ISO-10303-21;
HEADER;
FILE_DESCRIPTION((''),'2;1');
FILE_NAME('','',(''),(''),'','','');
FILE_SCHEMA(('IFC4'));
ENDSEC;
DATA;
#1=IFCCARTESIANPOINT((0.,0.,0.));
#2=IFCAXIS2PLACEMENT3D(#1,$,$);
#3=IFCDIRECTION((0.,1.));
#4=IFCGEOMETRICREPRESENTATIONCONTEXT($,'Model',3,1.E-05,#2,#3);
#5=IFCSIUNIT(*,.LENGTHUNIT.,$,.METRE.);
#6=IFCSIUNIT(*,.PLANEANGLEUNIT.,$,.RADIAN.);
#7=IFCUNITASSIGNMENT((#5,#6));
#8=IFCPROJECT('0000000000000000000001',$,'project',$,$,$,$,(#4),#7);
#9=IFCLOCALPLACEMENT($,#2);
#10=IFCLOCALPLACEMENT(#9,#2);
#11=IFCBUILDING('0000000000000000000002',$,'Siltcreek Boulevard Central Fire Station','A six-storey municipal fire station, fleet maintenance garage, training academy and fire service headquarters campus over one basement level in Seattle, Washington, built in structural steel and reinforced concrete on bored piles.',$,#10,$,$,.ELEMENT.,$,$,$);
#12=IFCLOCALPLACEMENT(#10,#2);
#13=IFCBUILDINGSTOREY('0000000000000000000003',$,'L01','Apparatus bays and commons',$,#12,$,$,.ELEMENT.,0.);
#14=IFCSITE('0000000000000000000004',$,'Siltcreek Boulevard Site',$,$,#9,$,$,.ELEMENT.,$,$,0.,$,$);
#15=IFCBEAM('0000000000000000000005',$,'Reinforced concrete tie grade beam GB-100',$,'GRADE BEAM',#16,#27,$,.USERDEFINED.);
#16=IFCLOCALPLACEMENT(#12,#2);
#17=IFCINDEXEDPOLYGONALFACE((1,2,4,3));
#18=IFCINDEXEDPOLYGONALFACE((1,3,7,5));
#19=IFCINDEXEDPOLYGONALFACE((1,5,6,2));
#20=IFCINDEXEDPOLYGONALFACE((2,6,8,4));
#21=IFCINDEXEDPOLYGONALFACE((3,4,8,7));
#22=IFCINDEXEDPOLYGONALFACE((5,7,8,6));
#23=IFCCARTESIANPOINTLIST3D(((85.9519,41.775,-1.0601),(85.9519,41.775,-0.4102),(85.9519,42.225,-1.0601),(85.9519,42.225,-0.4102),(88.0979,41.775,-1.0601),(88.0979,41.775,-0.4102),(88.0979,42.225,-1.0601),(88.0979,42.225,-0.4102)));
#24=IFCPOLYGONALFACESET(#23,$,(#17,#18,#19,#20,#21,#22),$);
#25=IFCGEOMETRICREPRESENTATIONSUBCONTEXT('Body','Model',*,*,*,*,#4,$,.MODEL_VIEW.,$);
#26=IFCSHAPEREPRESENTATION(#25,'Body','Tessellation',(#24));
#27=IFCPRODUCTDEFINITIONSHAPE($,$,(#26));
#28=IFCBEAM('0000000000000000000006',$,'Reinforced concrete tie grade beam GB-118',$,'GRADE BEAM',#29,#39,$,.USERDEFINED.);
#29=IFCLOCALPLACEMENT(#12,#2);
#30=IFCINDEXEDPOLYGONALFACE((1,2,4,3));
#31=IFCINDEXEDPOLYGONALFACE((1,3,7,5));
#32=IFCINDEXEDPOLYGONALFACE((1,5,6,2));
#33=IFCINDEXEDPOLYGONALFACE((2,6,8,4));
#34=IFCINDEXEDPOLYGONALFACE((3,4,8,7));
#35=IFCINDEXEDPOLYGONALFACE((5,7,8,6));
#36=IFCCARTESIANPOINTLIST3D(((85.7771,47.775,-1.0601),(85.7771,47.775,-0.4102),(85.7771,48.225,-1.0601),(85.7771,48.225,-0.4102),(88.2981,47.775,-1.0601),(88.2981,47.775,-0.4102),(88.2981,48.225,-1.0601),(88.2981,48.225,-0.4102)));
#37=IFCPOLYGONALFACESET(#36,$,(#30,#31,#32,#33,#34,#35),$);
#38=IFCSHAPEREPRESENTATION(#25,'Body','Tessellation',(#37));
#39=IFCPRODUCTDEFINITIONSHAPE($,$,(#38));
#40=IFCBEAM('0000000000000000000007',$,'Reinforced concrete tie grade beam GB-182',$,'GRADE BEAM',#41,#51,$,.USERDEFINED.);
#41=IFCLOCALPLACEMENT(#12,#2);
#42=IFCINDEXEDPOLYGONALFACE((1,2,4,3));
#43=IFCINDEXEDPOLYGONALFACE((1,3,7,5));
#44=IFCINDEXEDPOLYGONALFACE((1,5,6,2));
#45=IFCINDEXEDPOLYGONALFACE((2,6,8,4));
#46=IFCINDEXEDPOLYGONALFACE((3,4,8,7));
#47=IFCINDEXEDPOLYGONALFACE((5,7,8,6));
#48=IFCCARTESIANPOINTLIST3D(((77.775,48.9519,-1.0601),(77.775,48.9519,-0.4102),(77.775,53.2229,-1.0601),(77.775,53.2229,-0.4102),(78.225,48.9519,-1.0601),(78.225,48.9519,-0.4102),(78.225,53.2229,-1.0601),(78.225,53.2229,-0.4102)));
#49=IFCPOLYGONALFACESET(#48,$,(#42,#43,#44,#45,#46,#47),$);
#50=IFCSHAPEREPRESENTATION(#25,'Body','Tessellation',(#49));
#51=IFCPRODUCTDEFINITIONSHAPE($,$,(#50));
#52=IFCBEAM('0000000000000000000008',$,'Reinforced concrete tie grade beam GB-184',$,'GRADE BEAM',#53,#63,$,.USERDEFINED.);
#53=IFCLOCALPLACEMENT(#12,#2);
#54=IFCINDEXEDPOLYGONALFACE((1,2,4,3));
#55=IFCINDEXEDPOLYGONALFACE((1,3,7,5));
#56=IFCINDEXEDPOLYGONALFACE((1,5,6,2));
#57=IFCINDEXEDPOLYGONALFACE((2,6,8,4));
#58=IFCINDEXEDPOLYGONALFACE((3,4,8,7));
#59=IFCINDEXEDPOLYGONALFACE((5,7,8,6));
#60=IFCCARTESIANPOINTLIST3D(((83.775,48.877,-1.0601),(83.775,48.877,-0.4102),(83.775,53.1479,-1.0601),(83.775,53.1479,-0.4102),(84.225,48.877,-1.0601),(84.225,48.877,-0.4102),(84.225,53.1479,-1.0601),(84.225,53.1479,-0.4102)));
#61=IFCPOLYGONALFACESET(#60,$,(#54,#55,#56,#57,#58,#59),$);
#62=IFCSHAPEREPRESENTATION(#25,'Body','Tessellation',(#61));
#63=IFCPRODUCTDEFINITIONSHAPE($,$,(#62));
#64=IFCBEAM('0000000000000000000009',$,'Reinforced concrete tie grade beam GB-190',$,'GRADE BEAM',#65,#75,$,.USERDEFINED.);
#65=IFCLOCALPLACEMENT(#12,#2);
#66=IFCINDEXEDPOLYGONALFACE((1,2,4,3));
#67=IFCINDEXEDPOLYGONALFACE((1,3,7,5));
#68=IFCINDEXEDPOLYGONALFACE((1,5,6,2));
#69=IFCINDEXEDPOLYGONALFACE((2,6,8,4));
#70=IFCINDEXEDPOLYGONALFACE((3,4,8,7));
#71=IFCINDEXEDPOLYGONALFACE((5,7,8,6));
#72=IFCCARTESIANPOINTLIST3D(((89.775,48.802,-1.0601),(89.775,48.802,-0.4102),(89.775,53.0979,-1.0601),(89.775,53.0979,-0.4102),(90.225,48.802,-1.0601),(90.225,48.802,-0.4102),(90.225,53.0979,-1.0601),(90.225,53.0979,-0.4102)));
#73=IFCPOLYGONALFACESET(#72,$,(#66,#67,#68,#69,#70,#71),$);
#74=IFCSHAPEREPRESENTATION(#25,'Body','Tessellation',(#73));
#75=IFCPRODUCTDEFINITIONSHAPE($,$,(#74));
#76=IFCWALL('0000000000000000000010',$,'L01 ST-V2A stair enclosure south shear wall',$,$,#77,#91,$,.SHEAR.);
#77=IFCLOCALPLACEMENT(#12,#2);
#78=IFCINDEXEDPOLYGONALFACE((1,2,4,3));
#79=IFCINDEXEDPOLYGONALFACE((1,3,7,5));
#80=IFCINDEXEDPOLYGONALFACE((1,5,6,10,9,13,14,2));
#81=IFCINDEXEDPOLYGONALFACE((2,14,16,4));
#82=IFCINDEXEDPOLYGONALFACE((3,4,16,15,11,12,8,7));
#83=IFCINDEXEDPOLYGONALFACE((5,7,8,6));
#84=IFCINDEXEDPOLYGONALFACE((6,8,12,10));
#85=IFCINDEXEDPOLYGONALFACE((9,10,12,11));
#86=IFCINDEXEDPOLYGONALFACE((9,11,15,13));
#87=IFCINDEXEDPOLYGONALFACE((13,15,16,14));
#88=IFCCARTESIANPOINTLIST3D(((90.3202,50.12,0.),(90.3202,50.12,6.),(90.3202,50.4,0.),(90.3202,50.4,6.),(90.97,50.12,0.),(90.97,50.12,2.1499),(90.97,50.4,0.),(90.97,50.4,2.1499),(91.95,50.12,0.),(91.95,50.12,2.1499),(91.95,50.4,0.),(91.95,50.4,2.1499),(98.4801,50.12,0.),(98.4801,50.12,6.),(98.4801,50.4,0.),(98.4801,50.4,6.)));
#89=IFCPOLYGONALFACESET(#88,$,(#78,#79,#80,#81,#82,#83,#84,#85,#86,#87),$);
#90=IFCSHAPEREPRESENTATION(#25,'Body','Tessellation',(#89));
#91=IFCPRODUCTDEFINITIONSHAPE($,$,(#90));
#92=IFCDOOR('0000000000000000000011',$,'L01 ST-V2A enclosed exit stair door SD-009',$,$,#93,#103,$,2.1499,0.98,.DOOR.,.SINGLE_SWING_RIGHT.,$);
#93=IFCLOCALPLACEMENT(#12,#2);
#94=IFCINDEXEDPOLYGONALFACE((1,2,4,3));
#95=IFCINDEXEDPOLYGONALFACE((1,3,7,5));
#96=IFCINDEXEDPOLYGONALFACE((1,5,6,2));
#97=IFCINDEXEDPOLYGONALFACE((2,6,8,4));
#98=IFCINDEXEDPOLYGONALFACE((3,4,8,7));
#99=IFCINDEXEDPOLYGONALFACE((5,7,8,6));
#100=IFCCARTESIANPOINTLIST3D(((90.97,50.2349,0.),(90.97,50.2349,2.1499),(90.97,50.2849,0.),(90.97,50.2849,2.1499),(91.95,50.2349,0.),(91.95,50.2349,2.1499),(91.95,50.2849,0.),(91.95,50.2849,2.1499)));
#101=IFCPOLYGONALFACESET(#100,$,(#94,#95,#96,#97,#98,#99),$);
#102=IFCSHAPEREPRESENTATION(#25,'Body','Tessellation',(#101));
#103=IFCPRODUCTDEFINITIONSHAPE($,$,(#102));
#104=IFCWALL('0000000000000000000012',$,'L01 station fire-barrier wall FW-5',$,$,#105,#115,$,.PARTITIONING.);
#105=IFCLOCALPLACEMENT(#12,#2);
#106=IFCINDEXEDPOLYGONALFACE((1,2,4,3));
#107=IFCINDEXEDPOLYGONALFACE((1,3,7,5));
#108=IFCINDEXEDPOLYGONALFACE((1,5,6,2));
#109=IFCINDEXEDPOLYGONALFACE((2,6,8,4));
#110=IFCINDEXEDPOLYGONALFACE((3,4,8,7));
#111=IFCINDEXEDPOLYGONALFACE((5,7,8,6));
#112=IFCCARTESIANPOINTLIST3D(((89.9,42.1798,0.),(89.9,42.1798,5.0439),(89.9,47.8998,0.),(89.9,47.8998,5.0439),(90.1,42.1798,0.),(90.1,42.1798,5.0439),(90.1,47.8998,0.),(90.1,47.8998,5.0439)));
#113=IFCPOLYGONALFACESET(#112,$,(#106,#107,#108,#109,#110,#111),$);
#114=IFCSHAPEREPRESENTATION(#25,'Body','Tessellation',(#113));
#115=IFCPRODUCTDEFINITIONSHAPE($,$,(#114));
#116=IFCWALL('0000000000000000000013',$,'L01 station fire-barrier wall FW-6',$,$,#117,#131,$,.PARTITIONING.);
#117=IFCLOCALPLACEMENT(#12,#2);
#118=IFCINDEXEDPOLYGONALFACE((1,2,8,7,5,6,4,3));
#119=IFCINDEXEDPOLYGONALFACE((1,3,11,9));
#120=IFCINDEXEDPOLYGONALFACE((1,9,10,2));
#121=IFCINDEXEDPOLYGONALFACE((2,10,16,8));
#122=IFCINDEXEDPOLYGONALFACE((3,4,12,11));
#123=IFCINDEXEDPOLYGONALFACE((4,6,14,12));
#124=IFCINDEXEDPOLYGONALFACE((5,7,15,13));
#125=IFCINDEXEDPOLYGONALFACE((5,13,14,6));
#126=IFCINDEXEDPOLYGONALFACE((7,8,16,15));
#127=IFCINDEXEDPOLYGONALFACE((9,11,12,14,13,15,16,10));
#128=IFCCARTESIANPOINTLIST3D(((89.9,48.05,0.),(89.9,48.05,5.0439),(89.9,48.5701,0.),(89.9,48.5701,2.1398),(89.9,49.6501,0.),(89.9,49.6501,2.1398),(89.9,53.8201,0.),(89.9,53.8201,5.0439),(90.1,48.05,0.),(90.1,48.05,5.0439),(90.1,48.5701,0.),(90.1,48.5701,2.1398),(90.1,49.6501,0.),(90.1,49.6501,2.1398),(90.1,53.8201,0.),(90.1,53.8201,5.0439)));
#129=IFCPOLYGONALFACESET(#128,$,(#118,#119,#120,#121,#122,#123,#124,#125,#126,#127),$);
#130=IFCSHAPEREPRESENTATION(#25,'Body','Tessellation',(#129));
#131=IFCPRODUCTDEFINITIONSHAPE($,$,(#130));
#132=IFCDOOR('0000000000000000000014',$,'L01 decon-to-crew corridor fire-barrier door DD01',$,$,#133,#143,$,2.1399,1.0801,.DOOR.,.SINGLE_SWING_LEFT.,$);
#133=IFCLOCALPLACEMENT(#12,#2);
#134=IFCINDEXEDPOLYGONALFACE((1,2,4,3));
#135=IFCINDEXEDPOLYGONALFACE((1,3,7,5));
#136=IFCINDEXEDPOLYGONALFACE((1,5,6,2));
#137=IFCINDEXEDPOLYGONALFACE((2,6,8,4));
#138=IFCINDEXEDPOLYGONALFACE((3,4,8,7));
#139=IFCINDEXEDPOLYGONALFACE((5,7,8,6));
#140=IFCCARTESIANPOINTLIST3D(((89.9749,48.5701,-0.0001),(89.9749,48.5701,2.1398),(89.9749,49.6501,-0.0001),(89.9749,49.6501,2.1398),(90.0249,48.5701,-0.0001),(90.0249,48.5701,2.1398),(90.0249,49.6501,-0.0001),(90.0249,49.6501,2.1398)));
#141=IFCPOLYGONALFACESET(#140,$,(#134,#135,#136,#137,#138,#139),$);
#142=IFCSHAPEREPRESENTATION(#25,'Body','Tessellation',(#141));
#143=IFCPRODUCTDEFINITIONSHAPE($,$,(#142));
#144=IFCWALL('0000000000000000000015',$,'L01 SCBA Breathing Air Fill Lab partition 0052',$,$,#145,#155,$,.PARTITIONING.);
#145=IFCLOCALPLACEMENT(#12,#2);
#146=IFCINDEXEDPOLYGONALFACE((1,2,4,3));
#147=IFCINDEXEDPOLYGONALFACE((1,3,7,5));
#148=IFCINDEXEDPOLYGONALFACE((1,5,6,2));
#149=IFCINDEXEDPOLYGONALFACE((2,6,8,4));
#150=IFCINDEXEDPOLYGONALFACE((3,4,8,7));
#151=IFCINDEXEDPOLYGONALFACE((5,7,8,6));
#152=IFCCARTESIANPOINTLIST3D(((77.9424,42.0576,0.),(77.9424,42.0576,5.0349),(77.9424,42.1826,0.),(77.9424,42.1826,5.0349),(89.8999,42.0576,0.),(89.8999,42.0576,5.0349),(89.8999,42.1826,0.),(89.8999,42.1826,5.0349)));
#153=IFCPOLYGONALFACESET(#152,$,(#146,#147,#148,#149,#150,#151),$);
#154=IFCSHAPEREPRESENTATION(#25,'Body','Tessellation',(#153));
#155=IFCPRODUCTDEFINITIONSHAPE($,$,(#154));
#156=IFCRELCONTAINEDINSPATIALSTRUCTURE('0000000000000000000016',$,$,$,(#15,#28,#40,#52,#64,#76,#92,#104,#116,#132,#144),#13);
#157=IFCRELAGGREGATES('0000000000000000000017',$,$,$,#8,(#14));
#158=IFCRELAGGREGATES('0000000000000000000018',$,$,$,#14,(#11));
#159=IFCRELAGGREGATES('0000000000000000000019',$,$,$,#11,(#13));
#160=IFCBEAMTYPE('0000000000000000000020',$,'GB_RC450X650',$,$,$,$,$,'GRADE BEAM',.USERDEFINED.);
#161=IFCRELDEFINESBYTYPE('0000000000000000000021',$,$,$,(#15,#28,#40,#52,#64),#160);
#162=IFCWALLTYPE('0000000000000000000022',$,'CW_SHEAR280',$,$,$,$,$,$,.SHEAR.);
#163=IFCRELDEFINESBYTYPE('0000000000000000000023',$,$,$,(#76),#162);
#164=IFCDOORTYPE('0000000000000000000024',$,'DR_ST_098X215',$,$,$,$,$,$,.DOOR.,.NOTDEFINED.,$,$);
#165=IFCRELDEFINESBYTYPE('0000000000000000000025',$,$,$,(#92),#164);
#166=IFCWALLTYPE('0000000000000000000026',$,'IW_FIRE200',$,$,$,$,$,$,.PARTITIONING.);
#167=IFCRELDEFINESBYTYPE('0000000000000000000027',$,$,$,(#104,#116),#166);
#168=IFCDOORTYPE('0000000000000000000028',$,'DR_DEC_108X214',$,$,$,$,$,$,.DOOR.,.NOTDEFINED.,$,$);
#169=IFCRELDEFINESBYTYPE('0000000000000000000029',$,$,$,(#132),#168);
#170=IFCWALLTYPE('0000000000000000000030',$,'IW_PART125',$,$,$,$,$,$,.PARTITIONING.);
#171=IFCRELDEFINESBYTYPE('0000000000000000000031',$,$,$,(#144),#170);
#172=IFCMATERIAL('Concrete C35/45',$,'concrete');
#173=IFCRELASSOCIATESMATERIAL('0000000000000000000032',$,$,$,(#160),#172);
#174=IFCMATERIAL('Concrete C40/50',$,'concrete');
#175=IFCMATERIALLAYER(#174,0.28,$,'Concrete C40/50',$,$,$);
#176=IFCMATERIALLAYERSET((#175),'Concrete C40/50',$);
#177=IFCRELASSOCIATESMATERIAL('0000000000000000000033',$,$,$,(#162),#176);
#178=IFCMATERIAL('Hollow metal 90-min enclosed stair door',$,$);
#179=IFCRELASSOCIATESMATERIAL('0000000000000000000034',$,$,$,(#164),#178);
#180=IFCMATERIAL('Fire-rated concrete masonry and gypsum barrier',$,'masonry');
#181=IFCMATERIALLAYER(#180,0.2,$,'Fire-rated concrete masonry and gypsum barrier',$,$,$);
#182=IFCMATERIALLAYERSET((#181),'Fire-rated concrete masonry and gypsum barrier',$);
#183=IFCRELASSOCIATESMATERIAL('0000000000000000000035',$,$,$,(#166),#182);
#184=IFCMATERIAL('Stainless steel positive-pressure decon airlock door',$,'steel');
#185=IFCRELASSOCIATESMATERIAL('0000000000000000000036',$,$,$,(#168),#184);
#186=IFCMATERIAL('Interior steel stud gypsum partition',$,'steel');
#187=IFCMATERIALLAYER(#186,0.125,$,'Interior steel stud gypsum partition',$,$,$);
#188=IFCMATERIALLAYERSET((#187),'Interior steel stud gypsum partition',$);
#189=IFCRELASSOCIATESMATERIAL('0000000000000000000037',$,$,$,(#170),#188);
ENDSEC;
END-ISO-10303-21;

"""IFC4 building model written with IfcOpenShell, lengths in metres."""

from ifc_helpers import new_model, si_unit, direction, frame, frame_2d, origin, origin_2d, place, context, subcontext, project, spatial, rectangle, extrude, material, layer, layer_set, material_profile, profile_set, type_object, element, fill, save


model = new_model("IFC4")

# Units and contexts
model_context = context("Model", 3, precision=1e-05, world=origin(), true_north=direction((0.0, 1.0)))
body_context = subcontext(model_context, "Body", "Model", "MODEL_VIEW")
ifc_project = project(units=[si_unit("LENGTHUNIT", "METRE"), si_unit("PLANEANGLEUNIT", "RADIAN")], contexts=[model_context])

# Site, building, storey
site_placement = place(None, origin())
site = spatial("IfcSite", under=ifc_project, at=site_placement, Name="Siltcreek Boulevard Site", CompositionType="ELEMENT", RefElevation=0.0)
building_placement = place(site_placement, origin())
building = spatial("IfcBuilding", under=site, at=building_placement, Name="Siltcreek Boulevard Central Fire Station", Description="A six-storey municipal fire station, fleet maintenance garage, training academy and fire service headquarters campus over one basement level in Seattle, Washington, built in structural steel and reinforced concrete on bored piles.", CompositionType="ELEMENT")
storey_placement = place(building_placement, origin())
storey = spatial("IfcBuildingStorey", under=building, at=storey_placement, Name="L01", Description="Apparatus bays and commons", CompositionType="ELEMENT", Elevation=0.0)

# Shared definitions
ifc_material_1 = material(Name="Concrete C35/45", Category="concrete")

# Beams
ifc_material_profile_1 = material_profile(ifc_material_1, rectangle(XDim=0.45, YDim=0.6499, at=origin_2d()), Name="RC450X650")
ifc_profile_set_1 = profile_set([ifc_material_profile_1], Name="Concrete C35/45")
beam_type_1 = type_object("IfcBeamType", Name="GB_RC450X650", ElementType="GRADE BEAM", PredefinedType="USERDEFINED", material=ifc_profile_set_1)
beam_1_placement = place(storey_placement, frame((85.9519, 42.0, -0.7351), z_axis=(1.0, 0.0, 0.0), x_axis=(0.0, 1.0, 0.0)))
element("IfcBeam", 1, at=beam_1_placement, inside=storey, type_object=beam_type_1, Name="Reinforced concrete tie grade beam GB-100", ObjectType="GRADE BEAM", PredefinedType="USERDEFINED", context=body_context, shape_type="SweptSolid", body=[
    extrude(rectangle(XDim=0.45, YDim=0.6499, at=origin_2d()), origin(), (0.0, 0.0, 1.0), 2.146),
])
beam_2_placement = place(storey_placement, frame((85.7771, 48.0, -0.7351), z_axis=(1.0, 0.0, 0.0), x_axis=(0.0, 1.0, 0.0)))
element("IfcBeam", 2, at=beam_2_placement, inside=storey, type_object=beam_type_1, Name="Reinforced concrete tie grade beam GB-118", ObjectType="GRADE BEAM", PredefinedType="USERDEFINED", context=body_context, shape_type="SweptSolid", body=[
    extrude(rectangle(XDim=0.45, YDim=0.6499, at=origin_2d()), origin(), (0.0, 0.0, 1.0), 2.521),
])
for number, where, z_axis, x_axis, name in (
    (3, (78.0, 48.9519, -0.7351), (0.0, 1.0, 0.0), (-1.0, 0.0, 0.0), "Reinforced concrete tie grade beam GB-182"),
    (4, (84.0, 48.877, -0.7351), (0.0, 1.0, 0.0), (-1.0, 0.0, 0.0), "Reinforced concrete tie grade beam GB-184"),
):
    element("IfcBeam", number, at=place(storey_placement, frame(where, z_axis=z_axis, x_axis=x_axis)), inside=storey, type_object=beam_type_1, Name=name, ObjectType="GRADE BEAM", PredefinedType="USERDEFINED", context=body_context, shape_type="SweptSolid", body=[
        extrude(rectangle(XDim=0.45, YDim=0.6499, at=origin_2d()), origin(), (0.0, 0.0, 1.0), 4.271),
    ])
beam_3_placement = place(storey_placement, frame((90.0, 48.802, -0.7351), z_axis=(0.0, 1.0, 0.0), x_axis=(-1.0, 0.0, 0.0)))
element("IfcBeam", 5, at=beam_3_placement, inside=storey, type_object=beam_type_1, Name="Reinforced concrete tie grade beam GB-190", ObjectType="GRADE BEAM", PredefinedType="USERDEFINED", context=body_context, shape_type="SweptSolid", body=[
    extrude(rectangle(XDim=0.45, YDim=0.6499, at=origin_2d()), origin(), (0.0, 0.0, 1.0), 4.2959),
])

# Wall, opening, door
ifc_material_2 = material(Name="Concrete C40/50", Category="concrete")
ifc_layer_1 = layer(ifc_material_2, 0.28, Name="Concrete C40/50")
ifc_layer_set_1 = layer_set([ifc_layer_1], Name="Concrete C40/50")
wall_type_1 = type_object("IfcWallType", Name="CW_SHEAR280", PredefinedType="SHEAR", material=ifc_layer_set_1)
wall_1_placement = place(storey_placement, frame((90.3201, 50.26, 0.0), z_axis=(0.0, 0.0, 1.0), x_axis=(1.0, 0.0, 0.0)))
wall_1 = element("IfcWall", 6, at=wall_1_placement, inside=storey, type_object=wall_type_1, Name="L01 ST-V2A stair enclosure south shear wall", PredefinedType="SHEAR", context=body_context, shape_type="SweptSolid", body=[
    extrude(rectangle(XDim=8.1599, YDim=0.28, at=frame_2d((4.0801, 0.0))), origin(), (0.0, 0.0, 1.0), 6.0),
])
opening_1_placement = place(wall_1_placement, frame((0.6499, 0.0, 0.0)))
opening_1 = element("IfcOpeningElement", 7, at=opening_1_placement, cuts=wall_1, PredefinedType="OPENING", context=body_context, shape_type="SweptSolid", body=[
    extrude(rectangle(XDim=0.98, YDim=2.1499, at=frame_2d((0.49, 1.075))), frame((0.0, 0.1499, 0.0), z_axis=(0.0, -1.0, 0.0), x_axis=(1.0, 0.0, 0.0)), (0.0, 0.0, 1.0), 0.3),
])
ifc_material_3 = material(Name="Hollow metal 90-min enclosed stair door")
door_type_1 = type_object("IfcDoorType", Name="DR_ST_098X215", OperationType="NOTDEFINED", PredefinedType="DOOR", material=ifc_material_3)
door_1_placement = place(opening_1_placement, origin())
door_1 = element("IfcDoor", 8, at=door_1_placement, inside=storey, type_object=door_type_1, Name="L01 ST-V2A enclosed exit stair door SD-009", OperationType="SINGLE_SWING_RIGHT", OverallHeight=2.1499, OverallWidth=0.98, PredefinedType="DOOR", context=body_context, shape_type="SweptSolid", body=[
    extrude(rectangle(XDim=0.98, YDim=2.1499, at=frame_2d((0.49, 1.075))), frame((0.0, 0.0249, 0.0), z_axis=(0.0, -1.0, 0.0), x_axis=(1.0, 0.0, 0.0)), (0.0, 0.0, 1.0), 0.05),
])
fill(opening_1, door_1)

# Wall
ifc_material_4 = material(Name="Fire-rated concrete masonry and gypsum barrier", Category="masonry")
ifc_layer_2 = layer(ifc_material_4, 0.2, Name="Fire-rated concrete masonry and gypsum barrier")
ifc_layer_set_2 = layer_set([ifc_layer_2], Name="Fire-rated concrete masonry and gypsum barrier")
wall_type_2 = type_object("IfcWallType", Name="IW_FIRE200", PredefinedType="PARTITIONING", material=ifc_layer_set_2)
wall_2_placement = place(storey_placement, frame((90.0, 42.1799, 0.0), z_axis=(0.0, 0.0, 1.0), x_axis=(0.0, 1.0, 0.0)))
element("IfcWall", 9, at=wall_2_placement, inside=storey, type_object=wall_type_2, Name="L01 station fire-barrier wall FW-5", PredefinedType="PARTITIONING", context=body_context, shape_type="SweptSolid", body=[
    extrude(rectangle(XDim=5.72, YDim=0.2, at=frame_2d((2.8599, 0.0))), origin(), (0.0, 0.0, 1.0), 5.0439),
])

# Wall, opening, door
wall_3_placement = place(storey_placement, frame((90.0, 48.05, 0.0), z_axis=(0.0, 0.0, 1.0), x_axis=(0.0, 1.0, 0.0)))
wall_3 = element("IfcWall", 10, at=wall_3_placement, inside=storey, type_object=wall_type_2, Name="L01 station fire-barrier wall FW-6", PredefinedType="PARTITIONING", context=body_context, shape_type="SweptSolid", body=[
    extrude(rectangle(XDim=5.77, YDim=0.2, at=frame_2d((2.885, 0.0))), origin(), (0.0, 0.0, 1.0), 5.0439),
])
opening_2_placement = place(wall_3_placement, frame((0.52, 0.0, 0.0)))
opening_2 = element("IfcOpeningElement", 11, at=opening_2_placement, cuts=wall_3, PredefinedType="OPENING", context=body_context, shape_type="SweptSolid", body=[
    extrude(rectangle(XDim=1.0801, YDim=2.1399, at=frame_2d((0.54, 1.0698))), frame((0.0, 0.1099, 0.0), z_axis=(0.0, -1.0, 0.0), x_axis=(1.0, 0.0, 0.0)), (0.0, 0.0, 1.0), 0.22),
])
ifc_material_5 = material(Name="Stainless steel positive-pressure decon airlock door", Category="steel")
door_type_2 = type_object("IfcDoorType", Name="DR_DEC_108X214", OperationType="NOTDEFINED", PredefinedType="DOOR", material=ifc_material_5)
door_2_placement = place(opening_2_placement, frame((1.0801, 0.0, 0.0), z_axis=(0.0, 0.0, 1.0), x_axis=(-1.0, 0.0, 0.0)))
door_2 = element("IfcDoor", 12, at=door_2_placement, inside=storey, type_object=door_type_2, Name="L01 decon-to-crew corridor fire-barrier door DD01", OperationType="SINGLE_SWING_LEFT", OverallHeight=2.1399, OverallWidth=1.0801, PredefinedType="DOOR", context=body_context, shape_type="SweptSolid", body=[
    extrude(rectangle(XDim=1.0801, YDim=2.1399, at=frame_2d((0.54, 1.0698))), frame((0.0, 0.0249, 0.0), z_axis=(0.0, -1.0, 0.0), x_axis=(1.0, 0.0, 0.0)), (0.0, 0.0, 1.0), 0.05),
])
fill(opening_2, door_2)

# Wall
ifc_material_6 = material(Name="Interior steel stud gypsum partition", Category="steel")
ifc_layer_3 = layer(ifc_material_6, 0.125, Name="Interior steel stud gypsum partition")
ifc_layer_set_3 = layer_set([ifc_layer_3], Name="Interior steel stud gypsum partition")
wall_type_3 = type_object("IfcWallType", Name="IW_PART125", PredefinedType="PARTITIONING", material=ifc_layer_set_3)
wall_4_placement = place(storey_placement, frame((89.8999, 42.1201, 0.0), z_axis=(0.0, 0.0, 1.0), x_axis=(-1.0, 0.0, 0.0)))
element("IfcWall", 13, at=wall_4_placement, inside=storey, type_object=wall_type_3, Name="L01 SCBA Breathing Air Fill Lab partition 0052", PredefinedType="PARTITIONING", context=body_context, shape_type="SweptSolid", body=[
    extrude(rectangle(XDim=11.9575, YDim=0.125, at=frame_2d((5.9788, 0.0))), origin(), (0.0, 0.0, 1.0), 5.0349),
])

save(model, "model.ifc")
